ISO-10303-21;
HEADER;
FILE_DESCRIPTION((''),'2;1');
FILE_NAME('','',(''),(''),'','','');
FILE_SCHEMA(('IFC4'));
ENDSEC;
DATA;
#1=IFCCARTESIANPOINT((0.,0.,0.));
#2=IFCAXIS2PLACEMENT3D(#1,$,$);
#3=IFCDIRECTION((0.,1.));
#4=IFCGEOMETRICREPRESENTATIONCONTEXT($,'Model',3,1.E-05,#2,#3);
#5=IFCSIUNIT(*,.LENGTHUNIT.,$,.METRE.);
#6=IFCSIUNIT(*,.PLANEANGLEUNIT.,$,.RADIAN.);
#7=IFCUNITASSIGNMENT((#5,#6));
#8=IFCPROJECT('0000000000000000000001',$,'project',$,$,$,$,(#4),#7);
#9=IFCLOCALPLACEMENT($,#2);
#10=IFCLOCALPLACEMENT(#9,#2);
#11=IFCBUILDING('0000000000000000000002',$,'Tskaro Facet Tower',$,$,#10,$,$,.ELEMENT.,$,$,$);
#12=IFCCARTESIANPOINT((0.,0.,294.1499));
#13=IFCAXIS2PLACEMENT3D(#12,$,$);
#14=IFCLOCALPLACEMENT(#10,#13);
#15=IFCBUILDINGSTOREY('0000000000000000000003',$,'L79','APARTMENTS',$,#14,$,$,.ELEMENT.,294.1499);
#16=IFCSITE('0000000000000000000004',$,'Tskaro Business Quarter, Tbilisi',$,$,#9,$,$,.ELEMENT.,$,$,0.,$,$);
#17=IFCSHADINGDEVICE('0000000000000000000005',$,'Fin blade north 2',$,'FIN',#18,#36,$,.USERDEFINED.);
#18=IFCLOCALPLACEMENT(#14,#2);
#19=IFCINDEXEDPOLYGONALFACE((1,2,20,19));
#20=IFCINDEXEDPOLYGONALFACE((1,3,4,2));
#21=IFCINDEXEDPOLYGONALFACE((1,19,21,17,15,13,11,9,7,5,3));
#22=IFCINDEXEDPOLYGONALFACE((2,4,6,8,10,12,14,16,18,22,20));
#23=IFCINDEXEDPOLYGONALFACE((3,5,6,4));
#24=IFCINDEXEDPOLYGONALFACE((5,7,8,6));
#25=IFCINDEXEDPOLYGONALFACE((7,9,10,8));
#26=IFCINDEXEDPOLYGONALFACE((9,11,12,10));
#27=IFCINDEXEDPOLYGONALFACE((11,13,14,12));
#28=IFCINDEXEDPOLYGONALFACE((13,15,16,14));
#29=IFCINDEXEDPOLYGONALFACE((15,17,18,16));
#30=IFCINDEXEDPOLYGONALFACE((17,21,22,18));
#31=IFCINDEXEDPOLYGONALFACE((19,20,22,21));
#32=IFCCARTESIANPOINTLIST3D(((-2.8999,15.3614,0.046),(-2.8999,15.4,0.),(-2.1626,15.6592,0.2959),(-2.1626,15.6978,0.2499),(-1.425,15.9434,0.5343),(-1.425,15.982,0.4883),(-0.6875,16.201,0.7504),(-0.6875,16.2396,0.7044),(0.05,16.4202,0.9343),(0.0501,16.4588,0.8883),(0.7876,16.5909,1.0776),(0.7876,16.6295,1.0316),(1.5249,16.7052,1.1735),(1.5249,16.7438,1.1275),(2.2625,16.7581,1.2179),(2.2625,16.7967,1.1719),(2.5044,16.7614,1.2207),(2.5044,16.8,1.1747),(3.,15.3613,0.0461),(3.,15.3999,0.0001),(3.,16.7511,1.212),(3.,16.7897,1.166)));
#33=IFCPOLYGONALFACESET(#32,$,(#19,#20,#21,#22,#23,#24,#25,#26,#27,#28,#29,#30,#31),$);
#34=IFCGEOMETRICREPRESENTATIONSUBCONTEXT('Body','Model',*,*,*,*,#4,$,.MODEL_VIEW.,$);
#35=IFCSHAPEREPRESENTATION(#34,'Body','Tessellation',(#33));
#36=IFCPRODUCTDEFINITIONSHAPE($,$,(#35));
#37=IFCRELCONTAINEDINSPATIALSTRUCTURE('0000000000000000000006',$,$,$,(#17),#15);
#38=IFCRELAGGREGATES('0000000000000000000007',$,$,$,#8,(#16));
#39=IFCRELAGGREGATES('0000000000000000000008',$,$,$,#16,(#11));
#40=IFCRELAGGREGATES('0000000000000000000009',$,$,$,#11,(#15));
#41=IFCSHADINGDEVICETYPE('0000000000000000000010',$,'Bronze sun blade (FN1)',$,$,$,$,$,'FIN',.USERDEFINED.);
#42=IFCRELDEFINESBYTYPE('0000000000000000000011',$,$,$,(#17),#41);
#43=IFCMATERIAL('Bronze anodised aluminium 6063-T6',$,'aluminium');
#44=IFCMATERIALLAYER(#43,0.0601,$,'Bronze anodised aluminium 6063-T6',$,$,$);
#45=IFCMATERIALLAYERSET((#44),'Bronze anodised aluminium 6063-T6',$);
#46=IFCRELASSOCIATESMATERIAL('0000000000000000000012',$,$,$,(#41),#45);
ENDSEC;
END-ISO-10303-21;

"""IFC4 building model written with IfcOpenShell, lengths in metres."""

from ifc_helpers import new_model, si_unit, direction, frame, origin, place, context, subcontext, project, spatial, polyline, outline, extrude, material, layer, layer_set, type_object, element, save


model = new_model("IFC4")

# Units and contexts
model_context = context("Model", 3, precision=1e-05, world=origin(), true_north=direction((0.0, 1.0)))
body_context = subcontext(model_context, "Body", "Model", "MODEL_VIEW")
ifc_project = project(units=[si_unit("LENGTHUNIT", "METRE"), si_unit("PLANEANGLEUNIT", "RADIAN")], contexts=[model_context])

# Site, building, storey
site_placement = place(None, origin())
site = spatial("IfcSite", under=ifc_project, at=site_placement, Name="Tskaro Business Quarter, Tbilisi", CompositionType="ELEMENT", RefElevation=0.0)
building_placement = place(site_placement, origin())
building = spatial("IfcBuilding", under=site, at=building_placement, Name="Tskaro Facet Tower", CompositionType="ELEMENT")
storey_placement = place(building_placement, frame((0.0, 0.0, 294.1499)))
storey = spatial("IfcBuildingStorey", under=building, at=storey_placement, Name="L79", Description="APARTMENTS", CompositionType="ELEMENT", Elevation=294.1499)

# Shared definitions
ifc_material_1 = material(Name="Bronze anodised aluminium 6063-T6", Category="aluminium")

# Shading device
ifc_layer_1 = layer(ifc_material_1, 0.0601, Name="Bronze anodised aluminium 6063-T6")
ifc_layer_set_1 = layer_set([ifc_layer_1], Name="Bronze anodised aluminium 6063-T6")
shading_device_type = type_object("IfcShadingDeviceType", Name="Bronze sun blade (FN1)", ElementType="FIN", PredefinedType="USERDEFINED", material=ifc_layer_set_1)
shading_device_1_placement = place(storey_placement, frame((3.0, 15.3613, 0.0461), z_axis=(-0.000025, -0.642713, 0.766107), x_axis=(-1.0, 0.000016, -0.000019)))
element("IfcShadingDevice", 1, at=shading_device_1_placement, inside=storey, type_object=shading_device_type, Name="Fin blade north 2", ObjectType="FIN", PredefinedType="USERDEFINED", context=body_context, shape_type="SweptSolid", body=[
    extrude(outline(polyline([(0.0, 0.0), (5.8999, 0.0), (5.1626, -0.3887), (4.425, -0.7597), (3.6875, -1.0959), (2.95, -1.382), (2.2124, -1.6049), (1.4751, -1.7541), (0.7375, -1.8232), (0.4956, -1.8276), (0.0, -1.814), (0.0, 0.0)])), origin(), (0.0, 0.0, -1.0), 0.0601),
])

save(model, "model.ifc")
